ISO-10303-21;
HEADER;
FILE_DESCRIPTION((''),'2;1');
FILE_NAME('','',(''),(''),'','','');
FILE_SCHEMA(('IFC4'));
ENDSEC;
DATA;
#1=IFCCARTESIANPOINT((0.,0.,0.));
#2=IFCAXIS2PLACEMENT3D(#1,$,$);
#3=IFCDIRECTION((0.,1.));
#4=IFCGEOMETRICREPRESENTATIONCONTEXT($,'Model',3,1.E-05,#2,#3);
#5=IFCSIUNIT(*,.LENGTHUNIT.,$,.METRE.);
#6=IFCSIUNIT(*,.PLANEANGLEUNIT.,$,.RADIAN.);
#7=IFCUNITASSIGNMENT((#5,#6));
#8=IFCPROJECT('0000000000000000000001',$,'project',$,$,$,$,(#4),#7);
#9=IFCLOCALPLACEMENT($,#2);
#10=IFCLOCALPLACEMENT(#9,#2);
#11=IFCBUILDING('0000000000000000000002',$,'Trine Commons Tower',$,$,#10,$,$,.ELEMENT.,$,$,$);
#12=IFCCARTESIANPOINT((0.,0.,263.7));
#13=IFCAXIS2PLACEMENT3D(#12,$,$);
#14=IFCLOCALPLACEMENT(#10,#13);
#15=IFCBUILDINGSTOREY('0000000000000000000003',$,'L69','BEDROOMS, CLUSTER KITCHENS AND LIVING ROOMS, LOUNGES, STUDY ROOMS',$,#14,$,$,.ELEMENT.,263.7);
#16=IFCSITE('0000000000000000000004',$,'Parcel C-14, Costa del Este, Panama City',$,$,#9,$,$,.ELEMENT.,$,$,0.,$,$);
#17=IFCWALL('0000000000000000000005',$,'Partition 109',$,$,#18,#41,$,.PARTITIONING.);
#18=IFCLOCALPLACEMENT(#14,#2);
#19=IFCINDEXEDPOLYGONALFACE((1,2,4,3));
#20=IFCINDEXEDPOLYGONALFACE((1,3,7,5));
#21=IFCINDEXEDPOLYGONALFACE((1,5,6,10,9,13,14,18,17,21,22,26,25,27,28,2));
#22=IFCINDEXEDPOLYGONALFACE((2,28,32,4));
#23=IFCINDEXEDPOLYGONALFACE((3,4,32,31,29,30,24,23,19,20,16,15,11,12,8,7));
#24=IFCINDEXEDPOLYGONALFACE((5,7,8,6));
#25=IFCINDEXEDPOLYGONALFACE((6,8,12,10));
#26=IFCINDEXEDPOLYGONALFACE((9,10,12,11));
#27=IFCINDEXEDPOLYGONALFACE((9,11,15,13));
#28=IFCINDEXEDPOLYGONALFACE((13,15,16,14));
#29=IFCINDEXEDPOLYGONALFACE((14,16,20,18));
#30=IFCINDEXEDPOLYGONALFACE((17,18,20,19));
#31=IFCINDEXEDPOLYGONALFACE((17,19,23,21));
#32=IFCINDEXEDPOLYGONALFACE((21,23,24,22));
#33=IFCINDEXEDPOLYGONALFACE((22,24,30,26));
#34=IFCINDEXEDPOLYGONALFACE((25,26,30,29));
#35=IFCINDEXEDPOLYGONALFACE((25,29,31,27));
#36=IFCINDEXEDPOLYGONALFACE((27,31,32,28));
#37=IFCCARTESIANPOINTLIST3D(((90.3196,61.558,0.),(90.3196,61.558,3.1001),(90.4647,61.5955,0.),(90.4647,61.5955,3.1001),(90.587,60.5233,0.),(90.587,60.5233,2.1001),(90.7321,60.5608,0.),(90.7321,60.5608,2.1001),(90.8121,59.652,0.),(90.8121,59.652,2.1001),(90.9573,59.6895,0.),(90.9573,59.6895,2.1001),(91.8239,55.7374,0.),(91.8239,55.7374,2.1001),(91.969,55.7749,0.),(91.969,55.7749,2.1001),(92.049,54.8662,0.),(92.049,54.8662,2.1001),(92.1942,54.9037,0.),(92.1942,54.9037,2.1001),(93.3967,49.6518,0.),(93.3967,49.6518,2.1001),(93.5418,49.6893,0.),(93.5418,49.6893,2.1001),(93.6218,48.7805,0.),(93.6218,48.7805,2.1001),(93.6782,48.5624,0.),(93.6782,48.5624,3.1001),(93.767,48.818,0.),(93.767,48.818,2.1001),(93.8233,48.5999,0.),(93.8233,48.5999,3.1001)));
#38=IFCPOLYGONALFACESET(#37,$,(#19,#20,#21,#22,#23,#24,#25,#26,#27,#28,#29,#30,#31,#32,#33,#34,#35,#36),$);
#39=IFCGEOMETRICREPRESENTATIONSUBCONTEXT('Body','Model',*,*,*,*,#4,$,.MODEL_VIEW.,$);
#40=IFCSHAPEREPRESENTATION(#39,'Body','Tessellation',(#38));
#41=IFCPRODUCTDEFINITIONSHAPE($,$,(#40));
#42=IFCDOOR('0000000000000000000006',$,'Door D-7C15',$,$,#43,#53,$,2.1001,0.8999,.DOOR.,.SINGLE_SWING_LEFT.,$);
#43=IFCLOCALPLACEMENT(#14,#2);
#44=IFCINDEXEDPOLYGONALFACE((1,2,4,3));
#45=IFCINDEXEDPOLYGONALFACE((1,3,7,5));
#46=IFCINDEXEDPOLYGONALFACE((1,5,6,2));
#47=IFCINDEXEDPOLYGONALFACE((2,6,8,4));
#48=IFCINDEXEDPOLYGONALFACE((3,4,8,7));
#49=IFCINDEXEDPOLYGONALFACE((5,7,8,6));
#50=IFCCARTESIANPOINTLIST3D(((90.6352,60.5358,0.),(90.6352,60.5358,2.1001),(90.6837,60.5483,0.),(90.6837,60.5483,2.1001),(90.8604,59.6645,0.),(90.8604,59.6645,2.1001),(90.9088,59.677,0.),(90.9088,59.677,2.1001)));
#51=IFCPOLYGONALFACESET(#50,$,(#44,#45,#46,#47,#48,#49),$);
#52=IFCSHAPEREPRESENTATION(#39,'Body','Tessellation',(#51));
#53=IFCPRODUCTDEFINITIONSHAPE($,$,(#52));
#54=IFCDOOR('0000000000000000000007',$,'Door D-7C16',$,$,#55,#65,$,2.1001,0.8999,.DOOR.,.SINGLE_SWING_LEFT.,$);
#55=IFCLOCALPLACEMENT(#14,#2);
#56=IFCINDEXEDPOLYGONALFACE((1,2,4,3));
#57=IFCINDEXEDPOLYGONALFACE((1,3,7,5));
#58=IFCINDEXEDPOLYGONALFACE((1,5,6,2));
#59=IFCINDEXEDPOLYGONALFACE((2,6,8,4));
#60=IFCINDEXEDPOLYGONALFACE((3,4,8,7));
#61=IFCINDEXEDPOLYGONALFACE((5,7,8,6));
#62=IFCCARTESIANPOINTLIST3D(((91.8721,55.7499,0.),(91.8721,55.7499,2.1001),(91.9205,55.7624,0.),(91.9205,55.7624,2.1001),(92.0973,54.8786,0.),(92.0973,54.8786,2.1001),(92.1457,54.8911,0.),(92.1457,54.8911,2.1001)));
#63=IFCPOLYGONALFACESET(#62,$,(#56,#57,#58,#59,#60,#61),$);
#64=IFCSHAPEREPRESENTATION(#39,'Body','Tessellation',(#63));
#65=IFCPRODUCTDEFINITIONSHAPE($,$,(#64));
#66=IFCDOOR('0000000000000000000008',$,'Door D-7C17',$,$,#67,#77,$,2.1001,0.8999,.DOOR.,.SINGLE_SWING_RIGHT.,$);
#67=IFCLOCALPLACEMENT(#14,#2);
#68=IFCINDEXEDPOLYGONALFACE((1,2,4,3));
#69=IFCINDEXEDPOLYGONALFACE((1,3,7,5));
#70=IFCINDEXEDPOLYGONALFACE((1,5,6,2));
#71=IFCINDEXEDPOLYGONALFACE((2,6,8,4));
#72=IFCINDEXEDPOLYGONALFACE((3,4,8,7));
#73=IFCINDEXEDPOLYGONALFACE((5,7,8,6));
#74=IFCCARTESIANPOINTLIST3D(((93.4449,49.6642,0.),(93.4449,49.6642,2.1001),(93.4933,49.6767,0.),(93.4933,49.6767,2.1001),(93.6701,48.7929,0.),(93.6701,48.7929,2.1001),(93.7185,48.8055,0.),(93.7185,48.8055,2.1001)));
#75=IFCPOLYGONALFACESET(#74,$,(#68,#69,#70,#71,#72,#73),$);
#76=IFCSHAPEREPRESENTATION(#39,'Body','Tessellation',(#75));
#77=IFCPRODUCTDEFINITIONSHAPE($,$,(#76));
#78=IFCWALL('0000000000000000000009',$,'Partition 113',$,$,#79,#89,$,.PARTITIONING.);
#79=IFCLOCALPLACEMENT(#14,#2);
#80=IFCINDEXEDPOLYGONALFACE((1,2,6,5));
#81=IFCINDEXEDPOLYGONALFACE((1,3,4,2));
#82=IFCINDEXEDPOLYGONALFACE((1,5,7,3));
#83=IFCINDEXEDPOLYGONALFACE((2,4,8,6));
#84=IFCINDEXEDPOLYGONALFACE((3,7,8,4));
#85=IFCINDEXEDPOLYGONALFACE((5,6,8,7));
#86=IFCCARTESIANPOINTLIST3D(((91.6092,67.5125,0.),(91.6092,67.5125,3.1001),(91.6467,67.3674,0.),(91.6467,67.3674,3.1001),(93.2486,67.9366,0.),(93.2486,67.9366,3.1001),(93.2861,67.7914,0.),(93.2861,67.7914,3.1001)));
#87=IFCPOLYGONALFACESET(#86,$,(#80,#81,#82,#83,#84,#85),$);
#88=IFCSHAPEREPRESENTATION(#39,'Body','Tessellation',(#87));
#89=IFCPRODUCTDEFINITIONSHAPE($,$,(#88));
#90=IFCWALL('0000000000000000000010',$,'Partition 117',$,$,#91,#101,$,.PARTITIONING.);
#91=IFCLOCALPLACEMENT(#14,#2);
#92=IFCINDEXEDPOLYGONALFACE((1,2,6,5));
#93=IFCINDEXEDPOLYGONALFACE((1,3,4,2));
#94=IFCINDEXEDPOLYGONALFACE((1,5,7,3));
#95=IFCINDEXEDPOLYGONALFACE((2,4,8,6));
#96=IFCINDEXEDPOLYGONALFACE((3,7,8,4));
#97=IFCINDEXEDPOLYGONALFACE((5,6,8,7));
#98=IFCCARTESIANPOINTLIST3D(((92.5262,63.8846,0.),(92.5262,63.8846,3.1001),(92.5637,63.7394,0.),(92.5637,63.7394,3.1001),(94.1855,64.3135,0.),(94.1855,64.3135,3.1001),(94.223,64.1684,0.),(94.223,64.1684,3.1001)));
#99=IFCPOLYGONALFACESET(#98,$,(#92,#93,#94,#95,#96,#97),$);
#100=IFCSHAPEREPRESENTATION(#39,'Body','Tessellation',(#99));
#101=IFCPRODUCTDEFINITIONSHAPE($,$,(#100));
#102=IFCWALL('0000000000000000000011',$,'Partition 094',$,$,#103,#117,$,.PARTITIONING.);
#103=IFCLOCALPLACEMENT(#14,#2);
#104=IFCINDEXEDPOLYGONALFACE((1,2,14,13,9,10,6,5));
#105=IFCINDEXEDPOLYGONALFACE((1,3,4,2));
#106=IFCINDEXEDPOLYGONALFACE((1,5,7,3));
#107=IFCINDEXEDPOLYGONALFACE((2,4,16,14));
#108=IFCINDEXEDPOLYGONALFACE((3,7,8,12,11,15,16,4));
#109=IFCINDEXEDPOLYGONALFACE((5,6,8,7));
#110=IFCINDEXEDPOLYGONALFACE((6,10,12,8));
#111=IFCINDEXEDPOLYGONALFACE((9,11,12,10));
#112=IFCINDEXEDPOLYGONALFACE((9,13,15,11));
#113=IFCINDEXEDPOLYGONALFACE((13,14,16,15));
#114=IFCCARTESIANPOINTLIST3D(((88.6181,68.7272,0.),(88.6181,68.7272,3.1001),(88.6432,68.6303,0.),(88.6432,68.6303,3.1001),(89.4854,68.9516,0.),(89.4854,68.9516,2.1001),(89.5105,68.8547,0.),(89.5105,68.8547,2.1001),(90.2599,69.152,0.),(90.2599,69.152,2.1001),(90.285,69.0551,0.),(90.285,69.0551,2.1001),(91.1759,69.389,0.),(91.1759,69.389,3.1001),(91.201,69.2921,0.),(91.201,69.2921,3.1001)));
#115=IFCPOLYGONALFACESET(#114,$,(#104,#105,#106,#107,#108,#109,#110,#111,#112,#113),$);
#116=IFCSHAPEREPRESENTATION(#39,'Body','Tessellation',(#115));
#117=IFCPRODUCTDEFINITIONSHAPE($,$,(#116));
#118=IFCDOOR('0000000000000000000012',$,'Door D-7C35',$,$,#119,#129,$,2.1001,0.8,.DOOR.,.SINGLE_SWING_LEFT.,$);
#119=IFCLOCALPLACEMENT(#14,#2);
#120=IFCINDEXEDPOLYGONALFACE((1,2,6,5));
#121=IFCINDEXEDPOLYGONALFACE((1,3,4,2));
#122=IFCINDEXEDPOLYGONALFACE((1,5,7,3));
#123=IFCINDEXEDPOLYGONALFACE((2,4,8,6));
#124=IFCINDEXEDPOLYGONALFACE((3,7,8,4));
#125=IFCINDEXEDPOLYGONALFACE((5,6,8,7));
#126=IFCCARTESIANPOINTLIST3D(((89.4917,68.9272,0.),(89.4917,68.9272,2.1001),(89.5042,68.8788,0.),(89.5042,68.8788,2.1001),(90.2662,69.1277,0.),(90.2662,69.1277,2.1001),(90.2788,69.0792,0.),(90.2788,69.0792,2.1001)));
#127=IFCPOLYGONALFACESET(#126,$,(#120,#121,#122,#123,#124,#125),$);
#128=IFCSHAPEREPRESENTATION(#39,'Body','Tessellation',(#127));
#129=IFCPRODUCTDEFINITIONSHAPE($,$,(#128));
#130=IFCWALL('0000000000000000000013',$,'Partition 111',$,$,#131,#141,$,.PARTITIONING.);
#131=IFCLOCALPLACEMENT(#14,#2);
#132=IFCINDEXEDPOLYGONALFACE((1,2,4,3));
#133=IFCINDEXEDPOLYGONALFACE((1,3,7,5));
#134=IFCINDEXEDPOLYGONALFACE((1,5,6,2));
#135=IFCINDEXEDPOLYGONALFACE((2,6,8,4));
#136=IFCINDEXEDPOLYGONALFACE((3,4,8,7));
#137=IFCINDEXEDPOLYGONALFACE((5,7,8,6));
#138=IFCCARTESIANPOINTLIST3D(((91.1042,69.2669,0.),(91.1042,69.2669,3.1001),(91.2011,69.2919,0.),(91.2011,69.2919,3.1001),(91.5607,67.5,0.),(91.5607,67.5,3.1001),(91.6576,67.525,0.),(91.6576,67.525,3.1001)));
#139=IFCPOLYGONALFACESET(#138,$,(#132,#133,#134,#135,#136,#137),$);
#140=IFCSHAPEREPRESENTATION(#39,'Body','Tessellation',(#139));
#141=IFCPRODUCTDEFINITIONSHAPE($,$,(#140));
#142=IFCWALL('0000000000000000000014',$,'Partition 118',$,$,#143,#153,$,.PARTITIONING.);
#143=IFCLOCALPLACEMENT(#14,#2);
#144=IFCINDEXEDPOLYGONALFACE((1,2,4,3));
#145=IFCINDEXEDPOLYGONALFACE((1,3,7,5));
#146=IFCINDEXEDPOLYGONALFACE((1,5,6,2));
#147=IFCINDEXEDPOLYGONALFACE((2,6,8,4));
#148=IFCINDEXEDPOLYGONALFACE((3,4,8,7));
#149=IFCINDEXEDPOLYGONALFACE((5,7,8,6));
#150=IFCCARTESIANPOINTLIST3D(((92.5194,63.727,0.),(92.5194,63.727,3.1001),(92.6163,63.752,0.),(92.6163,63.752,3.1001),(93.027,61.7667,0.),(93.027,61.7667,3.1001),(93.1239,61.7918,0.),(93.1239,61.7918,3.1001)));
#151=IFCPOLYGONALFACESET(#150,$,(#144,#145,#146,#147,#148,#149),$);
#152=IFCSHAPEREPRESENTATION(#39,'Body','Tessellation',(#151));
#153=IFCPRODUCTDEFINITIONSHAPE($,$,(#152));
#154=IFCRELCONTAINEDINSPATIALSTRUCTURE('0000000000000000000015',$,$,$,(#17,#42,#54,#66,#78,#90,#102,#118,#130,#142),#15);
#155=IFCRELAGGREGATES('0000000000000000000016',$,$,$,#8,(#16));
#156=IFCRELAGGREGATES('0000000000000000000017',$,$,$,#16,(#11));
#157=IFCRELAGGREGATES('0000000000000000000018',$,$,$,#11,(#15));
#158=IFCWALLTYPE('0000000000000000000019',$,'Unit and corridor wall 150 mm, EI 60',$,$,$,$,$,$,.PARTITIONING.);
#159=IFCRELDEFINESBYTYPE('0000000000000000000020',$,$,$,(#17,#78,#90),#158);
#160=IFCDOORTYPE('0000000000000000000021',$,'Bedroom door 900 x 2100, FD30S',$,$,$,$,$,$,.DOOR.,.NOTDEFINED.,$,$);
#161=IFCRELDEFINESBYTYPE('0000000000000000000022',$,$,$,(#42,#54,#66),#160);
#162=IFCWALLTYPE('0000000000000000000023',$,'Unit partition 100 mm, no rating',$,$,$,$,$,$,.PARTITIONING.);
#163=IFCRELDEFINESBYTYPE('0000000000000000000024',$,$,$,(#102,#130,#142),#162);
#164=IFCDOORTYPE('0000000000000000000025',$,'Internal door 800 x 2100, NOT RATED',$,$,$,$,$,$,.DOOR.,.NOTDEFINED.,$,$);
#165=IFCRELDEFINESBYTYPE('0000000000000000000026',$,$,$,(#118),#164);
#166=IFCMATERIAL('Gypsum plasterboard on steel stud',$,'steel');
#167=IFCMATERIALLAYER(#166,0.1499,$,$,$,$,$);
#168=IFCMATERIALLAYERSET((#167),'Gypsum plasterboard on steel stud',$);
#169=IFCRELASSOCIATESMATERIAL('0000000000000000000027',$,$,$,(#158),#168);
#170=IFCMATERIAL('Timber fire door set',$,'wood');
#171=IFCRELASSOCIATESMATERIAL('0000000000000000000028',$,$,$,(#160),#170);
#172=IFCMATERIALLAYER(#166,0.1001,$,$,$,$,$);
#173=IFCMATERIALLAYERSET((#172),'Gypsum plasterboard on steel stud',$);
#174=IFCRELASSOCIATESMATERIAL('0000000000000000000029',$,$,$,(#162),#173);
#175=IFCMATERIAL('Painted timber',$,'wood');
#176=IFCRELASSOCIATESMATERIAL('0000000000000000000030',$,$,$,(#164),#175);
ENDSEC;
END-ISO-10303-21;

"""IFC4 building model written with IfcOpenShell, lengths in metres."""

from ifc_helpers import new_model, si_unit, direction, frame, frame_2d, origin, place, context, subcontext, project, spatial, rectangle, extrude, material, layer, layer_set, type_object, element, fill, save


model = new_model("IFC4")

# Units and contexts
model_context = context("Model", 3, precision=1e-05, world=origin(), true_north=direction((0.0, 1.0)))
body_context = subcontext(model_context, "Body", "Model", "MODEL_VIEW")
ifc_project = project(units=[si_unit("LENGTHUNIT", "METRE"), si_unit("PLANEANGLEUNIT", "RADIAN")], contexts=[model_context])

# Site, building, storey
site_placement = place(None, origin())
site = spatial("IfcSite", under=ifc_project, at=site_placement, Name="Parcel C-14, Costa del Este, Panama City", CompositionType="ELEMENT", RefElevation=0.0)
building_placement = place(site_placement, origin())
building = spatial("IfcBuilding", under=site, at=building_placement, Name="Trine Commons Tower", CompositionType="ELEMENT")
storey_placement = place(building_placement, frame((0.0, 0.0, 263.7)))
storey = spatial("IfcBuildingStorey", under=building, at=storey_placement, Name="L69", Description="BEDROOMS, CLUSTER KITCHENS AND LIVING ROOMS, LOUNGES, STUDY ROOMS", CompositionType="ELEMENT", Elevation=263.7)

# Shared definitions
ifc_material_1 = material(Name="Gypsum plasterboard on steel stud", Category="steel")
ifc_layer_1 = layer(ifc_material_1, 0.1499)
ifc_layer_set_1 = layer_set([ifc_layer_1], Name="Gypsum plasterboard on steel stud")
wall_type_1 = type_object("IfcWallType", Name="Unit and corridor wall 150 mm, EI 60", PredefinedType="PARTITIONING", material=ifc_layer_set_1)

# Shared definitions
ifc_material_2 = material(Name="Timber fire door set", Category="wood")
door_type_1 = type_object("IfcDoorType", Name="Bedroom door 900 x 2100, FD30S", OperationType="NOTDEFINED", PredefinedType="DOOR", material=ifc_material_2)

# Wall, openings, doors
wall_1_placement = place(storey_placement, frame((90.3921, 61.5769, 0.0), z_axis=(0.0, 0.0, 1.0), x_axis=(0.250223, -0.968188, 0.0)))
wall_1 = element("IfcWall", 1, at=wall_1_placement, inside=storey, type_object=wall_type_1, Name="Partition 109", PredefinedType="PARTITIONING", context=body_context, shape_type="SweptSolid", body=[
    extrude(rectangle(XDim=13.4226, YDim=0.1499, at=frame_2d((6.7114, 0.0))), origin(), (0.0, 0.0, 1.0), 3.1001),
])
opening_1_placement = place(wall_1_placement, frame((1.0688, 0.0, 0.0)))
opening_1 = element("IfcOpeningElement", 2, at=opening_1_placement, cuts=wall_1, PredefinedType="OPENING", context=body_context, shape_type="SweptSolid", body=[
    extrude(rectangle(XDim=0.8999, YDim=2.1001, at=frame_2d((0.45, 1.05))), frame((0.0, 0.085, 0.0), z_axis=(0.0, -1.0, 0.0), x_axis=(1.0, 0.0, 0.0)), (0.0, 0.0, 1.0), 0.1699),
])
opening_2_placement = place(wall_1_placement, frame((6.012, 0.0, 0.0)))
opening_2 = element("IfcOpeningElement", 3, at=opening_2_placement, cuts=wall_1, PredefinedType="OPENING", context=body_context, shape_type="SweptSolid", body=[
    extrude(rectangle(XDim=0.8999, YDim=2.1001, at=frame_2d((0.45, 1.05))), frame((0.0, 0.085, 0.0), z_axis=(0.0, -1.0, 0.0), x_axis=(1.0, 0.0, 0.0)), (0.0, 0.0, 1.0), 0.1699),
])
opening_3_placement = place(wall_1_placement, frame((12.2976, 0.0, 0.0)))
opening_3 = element("IfcOpeningElement", 4, at=opening_3_placement, cuts=wall_1, PredefinedType="OPENING", context=body_context, shape_type="SweptSolid", body=[
    extrude(rectangle(XDim=0.8999, YDim=2.1001, at=frame_2d((0.45, 1.05))), frame((0.0, 0.085, 0.0), z_axis=(0.0, -1.0, 0.0), x_axis=(1.0, 0.0, 0.0)), (0.0, 0.0, 1.0), 0.1699),
])
door_1_placement = place(opening_1_placement, origin())
door_1 = element("IfcDoor", 5, at=door_1_placement, inside=storey, type_object=door_type_1, Name="Door D-7C15", OperationType="SINGLE_SWING_LEFT", OverallHeight=2.1001, OverallWidth=0.8999, PredefinedType="DOOR", context=body_context, shape_type="SweptSolid", body=[
    extrude(rectangle(XDim=0.8999, YDim=2.1001, at=frame_2d((0.45, 1.05))), frame((0.0, 0.0249, 0.0), z_axis=(0.0, -1.0, 0.0), x_axis=(1.0, 0.0, 0.0)), (0.0, 0.0, 1.0), 0.05),
])
fill(opening_1, door_1)
door_2_placement = place(opening_2_placement, origin())
door_2 = element("IfcDoor", 6, at=door_2_placement, inside=storey, type_object=door_type_1, Name="Door D-7C16", OperationType="SINGLE_SWING_LEFT", OverallHeight=2.1001, OverallWidth=0.8999, PredefinedType="DOOR", context=body_context, shape_type="SweptSolid", body=[
    extrude(rectangle(XDim=0.8999, YDim=2.1001, at=frame_2d((0.45, 1.05))), frame((0.0, 0.0249, 0.0), z_axis=(0.0, -1.0, 0.0), x_axis=(1.0, 0.0, 0.0)), (0.0, 0.0, 1.0), 0.05),
])
fill(opening_2, door_2)
door_3_placement = place(opening_3_placement, origin())
door_3 = element("IfcDoor", 7, at=door_3_placement, inside=storey, type_object=door_type_1, Name="Door D-7C17", OperationType="SINGLE_SWING_RIGHT", OverallHeight=2.1001, OverallWidth=0.8999, PredefinedType="DOOR", context=body_context, shape_type="SweptSolid", body=[
    extrude(rectangle(XDim=0.8999, YDim=2.1001, at=frame_2d((0.45, 1.05))), frame((0.0, 0.0249, 0.0), z_axis=(0.0, -1.0, 0.0), x_axis=(1.0, 0.0, 0.0)), (0.0, 0.0, 1.0), 0.05),
])
fill(opening_3, door_3)

# Walls
wall_2_placement = place(storey_placement, frame((91.6279, 67.4399, 0.0), z_axis=(0.0, 0.0, 1.0), x_axis=(0.968134, 0.250432, 0.0)))
element("IfcWall", 8, at=wall_2_placement, inside=storey, type_object=wall_type_1, Name="Partition 113", PredefinedType="PARTITIONING", context=body_context, shape_type="SweptSolid", body=[
    extrude(rectangle(XDim=1.6934, YDim=0.1499, at=frame_2d((0.8467, 0.0))), origin(), (0.0, 0.0, 1.0), 3.1001),
])
wall_3_placement = place(storey_placement, frame((92.5449, 63.812, 0.0), z_axis=(0.0, 0.0, 1.0), x_axis=(0.968176, 0.25027, 0.0)))
element("IfcWall", 9, at=wall_3_placement, inside=storey, type_object=wall_type_1, Name="Partition 117", PredefinedType="PARTITIONING", context=body_context, shape_type="SweptSolid", body=[
    extrude(rectangle(XDim=1.7139, YDim=0.1499, at=frame_2d((0.8569, 0.0))), origin(), (0.0, 0.0, 1.0), 3.1001),
])

# Wall, opening, door
ifc_layer_2 = layer(ifc_material_1, 0.1001)
ifc_layer_set_2 = layer_set([ifc_layer_2], Name="Gypsum plasterboard on steel stud")
wall_type_2 = type_object("IfcWallType", Name="Unit partition 100 mm, no rating", PredefinedType="PARTITIONING", material=ifc_layer_set_2)
wall_4_placement = place(storey_placement, frame((88.6306, 68.6787, 0.0), z_axis=(0.0, 0.0, 1.0), x_axis=(0.968115, 0.250507, 0.0)))
wall_4 = element("IfcWall", 10, at=wall_4_placement, inside=storey, type_object=wall_type_2, Name="Partition 094", PredefinedType="PARTITIONING", context=body_context, shape_type="SweptSolid", body=[
    extrude(rectangle(XDim=2.6421, YDim=0.1001, at=frame_2d((1.321, 0.0))), origin(), (0.0, 0.0, 1.0), 3.1001),
])
opening_4_placement = place(wall_4_placement, frame((0.896, 0.0, 0.0)))
opening_4 = element("IfcOpeningElement", 11, at=opening_4_placement, cuts=wall_4, PredefinedType="OPENING", context=body_context, shape_type="SweptSolid", body=[
    extrude(rectangle(XDim=0.8, YDim=2.1001, at=frame_2d((0.3999, 1.05))), frame((0.0, 0.0601, 0.0), z_axis=(0.0, -1.0, 0.0), x_axis=(1.0, 0.0, 0.0)), (0.0, 0.0, 1.0), 0.1201),
])
ifc_material_3 = material(Name="Painted timber", Category="wood")
door_type_2 = type_object("IfcDoorType", Name="Internal door 800 x 2100, NOT RATED", OperationType="NOTDEFINED", PredefinedType="DOOR", material=ifc_material_3)
door_4_placement = place(opening_4_placement, origin())
door_4 = element("IfcDoor", 12, at=door_4_placement, inside=storey, type_object=door_type_2, Name="Door D-7C35", OperationType="SINGLE_SWING_LEFT", OverallHeight=2.1001, OverallWidth=0.8, PredefinedType="DOOR", context=body_context, shape_type="SweptSolid", body=[
    extrude(rectangle(XDim=0.8, YDim=2.1001, at=frame_2d((0.3999, 1.05))), frame((0.0, 0.0249, 0.0), z_axis=(0.0, -1.0, 0.0), x_axis=(1.0, 0.0, 0.0)), (0.0, 0.0, 1.0), 0.05),
])
fill(opening_4, door_4)

# Walls
wall_5_placement = place(storey_placement, frame((91.1526, 69.2795, 0.0), z_axis=(0.0, 0.0, 1.0), x_axis=(0.250177, -0.9682, 0.0)))
element("IfcWall", 13, at=wall_5_placement, inside=storey, type_object=wall_type_2, Name="Partition 111", PredefinedType="PARTITIONING", context=body_context, shape_type="SweptSolid", body=[
    extrude(rectangle(XDim=1.825, YDim=0.1001, at=frame_2d((0.9126, 0.0))), origin(), (0.0, 0.0, 1.0), 3.1001),
])
wall_6_placement = place(storey_placement, frame((92.5679, 63.7395, 0.0), z_axis=(0.0, 0.0, 1.0), x_axis=(0.250669, -0.968073, 0.0)))
element("IfcWall", 14, at=wall_6_placement, inside=storey, type_object=wall_type_2, Name="Partition 118", PredefinedType="PARTITIONING", context=body_context, shape_type="SweptSolid", body=[
    extrude(rectangle(XDim=2.0249, YDim=0.1001, at=frame_2d((1.0125, 0.0))), origin(), (0.0, 0.0, 1.0), 3.1001),
])

save(model, "model.ifc")
